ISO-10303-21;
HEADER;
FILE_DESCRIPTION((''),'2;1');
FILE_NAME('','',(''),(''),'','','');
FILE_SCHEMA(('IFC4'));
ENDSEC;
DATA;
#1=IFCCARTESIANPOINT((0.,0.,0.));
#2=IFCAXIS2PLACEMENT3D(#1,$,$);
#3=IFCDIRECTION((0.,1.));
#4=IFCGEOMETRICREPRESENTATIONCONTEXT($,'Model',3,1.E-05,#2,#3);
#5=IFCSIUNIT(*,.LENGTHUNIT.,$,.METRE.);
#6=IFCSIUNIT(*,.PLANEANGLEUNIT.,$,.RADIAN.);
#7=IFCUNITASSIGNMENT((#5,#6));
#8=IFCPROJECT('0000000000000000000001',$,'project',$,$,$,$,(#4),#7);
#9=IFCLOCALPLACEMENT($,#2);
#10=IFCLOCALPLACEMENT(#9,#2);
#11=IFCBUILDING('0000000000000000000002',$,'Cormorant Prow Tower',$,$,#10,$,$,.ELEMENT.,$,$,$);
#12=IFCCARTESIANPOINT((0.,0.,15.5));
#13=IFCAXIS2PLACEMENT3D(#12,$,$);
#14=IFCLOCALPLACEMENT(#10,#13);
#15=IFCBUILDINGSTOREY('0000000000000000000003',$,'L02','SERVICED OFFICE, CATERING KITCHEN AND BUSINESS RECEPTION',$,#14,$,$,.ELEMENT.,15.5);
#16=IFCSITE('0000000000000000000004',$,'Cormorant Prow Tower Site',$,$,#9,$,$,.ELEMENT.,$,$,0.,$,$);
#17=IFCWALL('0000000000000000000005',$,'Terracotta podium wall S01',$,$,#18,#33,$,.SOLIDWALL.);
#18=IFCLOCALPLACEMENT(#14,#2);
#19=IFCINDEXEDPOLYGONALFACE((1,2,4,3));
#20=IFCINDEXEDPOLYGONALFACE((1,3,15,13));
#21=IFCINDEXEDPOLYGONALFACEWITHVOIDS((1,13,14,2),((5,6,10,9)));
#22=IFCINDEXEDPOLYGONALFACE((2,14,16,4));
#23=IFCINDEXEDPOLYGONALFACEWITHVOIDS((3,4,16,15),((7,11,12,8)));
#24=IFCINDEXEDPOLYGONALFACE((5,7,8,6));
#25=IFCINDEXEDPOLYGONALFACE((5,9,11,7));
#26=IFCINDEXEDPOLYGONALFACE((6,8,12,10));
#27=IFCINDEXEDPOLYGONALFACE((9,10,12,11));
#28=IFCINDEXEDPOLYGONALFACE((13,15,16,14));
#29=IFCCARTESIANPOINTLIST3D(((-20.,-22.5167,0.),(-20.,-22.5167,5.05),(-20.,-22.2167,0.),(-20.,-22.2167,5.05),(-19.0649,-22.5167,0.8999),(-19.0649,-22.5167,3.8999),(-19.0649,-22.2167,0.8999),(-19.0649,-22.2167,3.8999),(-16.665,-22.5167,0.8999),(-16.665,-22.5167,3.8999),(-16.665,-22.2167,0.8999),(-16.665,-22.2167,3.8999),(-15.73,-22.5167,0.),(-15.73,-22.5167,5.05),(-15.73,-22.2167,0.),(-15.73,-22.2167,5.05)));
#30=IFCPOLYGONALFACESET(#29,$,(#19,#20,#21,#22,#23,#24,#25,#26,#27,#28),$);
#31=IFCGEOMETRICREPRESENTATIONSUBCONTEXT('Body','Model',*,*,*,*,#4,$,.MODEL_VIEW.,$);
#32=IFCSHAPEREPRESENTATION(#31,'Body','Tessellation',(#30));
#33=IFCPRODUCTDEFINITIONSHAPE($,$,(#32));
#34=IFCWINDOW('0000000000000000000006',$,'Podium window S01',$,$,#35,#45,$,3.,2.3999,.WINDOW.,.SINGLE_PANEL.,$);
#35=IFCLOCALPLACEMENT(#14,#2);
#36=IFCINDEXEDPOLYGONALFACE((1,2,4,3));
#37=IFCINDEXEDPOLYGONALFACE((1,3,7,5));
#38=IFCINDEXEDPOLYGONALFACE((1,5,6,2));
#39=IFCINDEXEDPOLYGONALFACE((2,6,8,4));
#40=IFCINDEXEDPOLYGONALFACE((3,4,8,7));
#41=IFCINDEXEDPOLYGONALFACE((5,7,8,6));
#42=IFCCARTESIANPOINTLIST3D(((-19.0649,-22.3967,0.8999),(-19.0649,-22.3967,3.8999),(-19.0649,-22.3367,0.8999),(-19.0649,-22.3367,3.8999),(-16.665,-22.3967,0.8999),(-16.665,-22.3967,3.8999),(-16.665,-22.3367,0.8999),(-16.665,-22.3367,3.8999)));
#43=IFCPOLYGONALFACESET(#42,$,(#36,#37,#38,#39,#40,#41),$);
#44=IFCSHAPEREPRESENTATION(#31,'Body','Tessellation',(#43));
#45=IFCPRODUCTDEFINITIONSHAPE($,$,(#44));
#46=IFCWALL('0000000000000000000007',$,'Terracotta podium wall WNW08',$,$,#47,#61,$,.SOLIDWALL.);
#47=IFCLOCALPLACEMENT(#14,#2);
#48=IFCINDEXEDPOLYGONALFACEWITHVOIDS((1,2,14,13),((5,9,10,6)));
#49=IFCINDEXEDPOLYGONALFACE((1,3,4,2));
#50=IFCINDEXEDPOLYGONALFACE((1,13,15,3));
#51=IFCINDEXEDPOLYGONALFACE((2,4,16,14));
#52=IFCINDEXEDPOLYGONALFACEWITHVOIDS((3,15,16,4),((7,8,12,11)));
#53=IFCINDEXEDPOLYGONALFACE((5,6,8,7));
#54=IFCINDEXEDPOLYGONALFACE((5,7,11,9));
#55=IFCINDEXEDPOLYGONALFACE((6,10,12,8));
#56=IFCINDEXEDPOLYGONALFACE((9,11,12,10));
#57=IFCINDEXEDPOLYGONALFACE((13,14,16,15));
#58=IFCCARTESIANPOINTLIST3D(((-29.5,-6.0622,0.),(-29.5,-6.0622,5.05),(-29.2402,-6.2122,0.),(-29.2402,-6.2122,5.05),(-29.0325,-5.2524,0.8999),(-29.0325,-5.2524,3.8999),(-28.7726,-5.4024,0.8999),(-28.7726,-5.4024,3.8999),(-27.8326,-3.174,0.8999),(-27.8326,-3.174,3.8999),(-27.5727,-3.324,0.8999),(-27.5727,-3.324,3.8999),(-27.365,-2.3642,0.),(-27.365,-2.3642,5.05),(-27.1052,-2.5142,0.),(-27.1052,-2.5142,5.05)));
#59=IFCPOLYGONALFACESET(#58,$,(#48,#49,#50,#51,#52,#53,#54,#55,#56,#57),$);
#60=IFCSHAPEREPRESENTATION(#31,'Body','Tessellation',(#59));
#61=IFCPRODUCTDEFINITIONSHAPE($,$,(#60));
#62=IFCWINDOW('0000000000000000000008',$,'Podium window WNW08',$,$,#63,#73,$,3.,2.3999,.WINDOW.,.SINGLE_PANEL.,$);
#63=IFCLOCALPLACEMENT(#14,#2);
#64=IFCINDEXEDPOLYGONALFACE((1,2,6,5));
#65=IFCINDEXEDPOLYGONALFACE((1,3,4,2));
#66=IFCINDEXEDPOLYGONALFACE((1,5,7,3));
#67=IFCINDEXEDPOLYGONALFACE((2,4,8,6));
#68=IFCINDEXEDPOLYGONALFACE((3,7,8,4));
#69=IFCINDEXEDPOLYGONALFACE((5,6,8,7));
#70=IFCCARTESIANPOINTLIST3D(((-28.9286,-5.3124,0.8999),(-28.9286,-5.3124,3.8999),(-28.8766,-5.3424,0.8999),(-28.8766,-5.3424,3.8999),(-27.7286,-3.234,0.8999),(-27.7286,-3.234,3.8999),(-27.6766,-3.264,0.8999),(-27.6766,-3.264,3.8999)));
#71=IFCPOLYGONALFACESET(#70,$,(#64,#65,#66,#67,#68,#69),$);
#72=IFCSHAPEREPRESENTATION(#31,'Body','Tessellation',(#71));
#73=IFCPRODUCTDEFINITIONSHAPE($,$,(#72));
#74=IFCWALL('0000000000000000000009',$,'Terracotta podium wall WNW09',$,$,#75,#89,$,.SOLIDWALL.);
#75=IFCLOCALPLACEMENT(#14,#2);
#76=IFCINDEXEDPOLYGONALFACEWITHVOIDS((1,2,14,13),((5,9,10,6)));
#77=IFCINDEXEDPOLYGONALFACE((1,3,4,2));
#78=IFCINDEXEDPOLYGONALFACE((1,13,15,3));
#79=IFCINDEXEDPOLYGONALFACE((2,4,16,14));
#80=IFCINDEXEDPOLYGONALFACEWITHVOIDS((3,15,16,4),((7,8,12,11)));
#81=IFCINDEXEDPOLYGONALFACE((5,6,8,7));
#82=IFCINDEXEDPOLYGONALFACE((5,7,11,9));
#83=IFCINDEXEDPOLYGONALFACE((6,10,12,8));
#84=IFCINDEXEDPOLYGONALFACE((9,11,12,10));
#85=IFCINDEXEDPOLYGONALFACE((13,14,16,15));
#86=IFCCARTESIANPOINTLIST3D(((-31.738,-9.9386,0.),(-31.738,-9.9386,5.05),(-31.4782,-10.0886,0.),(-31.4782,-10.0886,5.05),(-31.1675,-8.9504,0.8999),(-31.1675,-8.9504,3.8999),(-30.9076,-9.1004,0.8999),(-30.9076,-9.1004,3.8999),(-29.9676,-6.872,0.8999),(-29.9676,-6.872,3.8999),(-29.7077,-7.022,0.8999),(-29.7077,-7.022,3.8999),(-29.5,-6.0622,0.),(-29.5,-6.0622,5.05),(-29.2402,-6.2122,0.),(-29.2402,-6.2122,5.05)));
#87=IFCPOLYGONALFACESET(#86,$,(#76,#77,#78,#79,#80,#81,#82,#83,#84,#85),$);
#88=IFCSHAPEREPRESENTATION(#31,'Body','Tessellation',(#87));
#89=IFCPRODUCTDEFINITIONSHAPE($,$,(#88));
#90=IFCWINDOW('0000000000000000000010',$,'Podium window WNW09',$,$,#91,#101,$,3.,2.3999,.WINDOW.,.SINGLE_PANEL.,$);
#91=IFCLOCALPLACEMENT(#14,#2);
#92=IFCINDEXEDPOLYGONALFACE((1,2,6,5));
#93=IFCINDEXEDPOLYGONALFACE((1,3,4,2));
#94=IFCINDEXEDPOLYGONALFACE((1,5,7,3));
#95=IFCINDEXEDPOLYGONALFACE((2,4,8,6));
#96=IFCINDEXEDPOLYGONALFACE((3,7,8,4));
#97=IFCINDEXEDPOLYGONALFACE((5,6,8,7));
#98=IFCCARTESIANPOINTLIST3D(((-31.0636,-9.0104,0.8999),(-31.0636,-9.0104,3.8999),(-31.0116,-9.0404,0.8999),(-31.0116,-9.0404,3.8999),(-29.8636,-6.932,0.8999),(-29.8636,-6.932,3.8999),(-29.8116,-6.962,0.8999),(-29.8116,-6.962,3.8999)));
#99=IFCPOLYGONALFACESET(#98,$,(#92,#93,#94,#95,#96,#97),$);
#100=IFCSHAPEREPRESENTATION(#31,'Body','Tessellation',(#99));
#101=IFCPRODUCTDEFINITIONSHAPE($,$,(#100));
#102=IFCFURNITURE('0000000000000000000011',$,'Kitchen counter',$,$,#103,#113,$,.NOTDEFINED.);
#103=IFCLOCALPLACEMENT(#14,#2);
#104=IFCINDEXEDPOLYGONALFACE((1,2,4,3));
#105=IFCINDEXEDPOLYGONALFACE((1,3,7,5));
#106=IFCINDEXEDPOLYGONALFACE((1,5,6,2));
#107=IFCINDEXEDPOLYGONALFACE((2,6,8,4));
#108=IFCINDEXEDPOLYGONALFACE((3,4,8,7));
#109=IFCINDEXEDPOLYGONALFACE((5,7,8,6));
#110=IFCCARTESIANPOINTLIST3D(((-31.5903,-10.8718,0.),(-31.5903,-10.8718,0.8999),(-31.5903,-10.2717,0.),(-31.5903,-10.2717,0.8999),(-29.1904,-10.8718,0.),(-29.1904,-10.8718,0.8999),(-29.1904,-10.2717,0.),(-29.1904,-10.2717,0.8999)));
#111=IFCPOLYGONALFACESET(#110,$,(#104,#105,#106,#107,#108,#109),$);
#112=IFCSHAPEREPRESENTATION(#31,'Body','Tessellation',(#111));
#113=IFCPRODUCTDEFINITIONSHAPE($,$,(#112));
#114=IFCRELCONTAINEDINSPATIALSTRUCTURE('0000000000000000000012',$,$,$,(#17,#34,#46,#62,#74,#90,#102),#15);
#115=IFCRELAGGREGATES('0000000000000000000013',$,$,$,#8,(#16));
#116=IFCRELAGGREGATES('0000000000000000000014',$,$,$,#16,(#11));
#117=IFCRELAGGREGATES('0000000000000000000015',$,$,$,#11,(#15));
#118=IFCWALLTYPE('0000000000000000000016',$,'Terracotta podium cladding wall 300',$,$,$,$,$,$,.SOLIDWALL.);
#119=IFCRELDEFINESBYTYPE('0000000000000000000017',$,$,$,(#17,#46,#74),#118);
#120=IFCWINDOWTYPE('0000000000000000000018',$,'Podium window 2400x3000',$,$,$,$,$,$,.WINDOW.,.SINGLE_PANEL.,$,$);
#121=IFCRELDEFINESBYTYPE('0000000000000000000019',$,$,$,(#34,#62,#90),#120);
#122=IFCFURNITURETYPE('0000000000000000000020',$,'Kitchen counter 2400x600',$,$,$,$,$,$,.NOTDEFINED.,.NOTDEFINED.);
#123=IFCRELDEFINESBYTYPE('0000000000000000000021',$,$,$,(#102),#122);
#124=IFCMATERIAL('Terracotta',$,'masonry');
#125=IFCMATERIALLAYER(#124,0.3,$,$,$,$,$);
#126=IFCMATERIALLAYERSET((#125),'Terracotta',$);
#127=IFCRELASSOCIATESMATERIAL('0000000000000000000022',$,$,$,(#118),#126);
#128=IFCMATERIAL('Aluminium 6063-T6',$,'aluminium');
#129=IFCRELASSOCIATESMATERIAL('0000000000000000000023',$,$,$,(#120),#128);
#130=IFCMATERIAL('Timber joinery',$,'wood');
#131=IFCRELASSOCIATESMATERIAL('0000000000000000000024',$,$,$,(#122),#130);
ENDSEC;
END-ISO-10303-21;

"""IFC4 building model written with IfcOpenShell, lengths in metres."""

from ifc_helpers import new_model, si_unit, direction, frame, frame_2d, origin, origin_2d, place, context, subcontext, project, spatial, rectangle, extrude, material, layer, layer_set, type_object, element, fill, save


model = new_model("IFC4")

# Units and contexts
model_context = context("Model", 3, precision=1e-05, world=origin(), true_north=direction((0.0, 1.0)))
body_context = subcontext(model_context, "Body", "Model", "MODEL_VIEW")
ifc_project = project(units=[si_unit("LENGTHUNIT", "METRE"), si_unit("PLANEANGLEUNIT", "RADIAN")], contexts=[model_context])

# Site, building, storey
site_placement = place(None, origin())
site = spatial("IfcSite", under=ifc_project, at=site_placement, Name="Cormorant Prow Tower Site", CompositionType="ELEMENT", RefElevation=0.0)
building_placement = place(site_placement, origin())
building = spatial("IfcBuilding", under=site, at=building_placement, Name="Cormorant Prow Tower", CompositionType="ELEMENT")
storey_placement = place(building_placement, frame((0.0, 0.0, 15.5)))
storey = spatial("IfcBuildingStorey", under=building, at=storey_placement, Name="L02", Description="SERVICED OFFICE, CATERING KITCHEN AND BUSINESS RECEPTION", CompositionType="ELEMENT", Elevation=15.5)

# Walls, openings, windows
ifc_material_1 = material(Name="Terracotta", Category="masonry")
ifc_layer_1 = layer(ifc_material_1, 0.3)
ifc_layer_set_1 = layer_set([ifc_layer_1], Name="Terracotta")
wall_type_1 = type_object("IfcWallType", Name="Terracotta podium cladding wall 300", PredefinedType="SOLIDWALL", material=ifc_layer_set_1)
ifc_material_2 = material(Name="Aluminium 6063-T6", Category="aluminium")
window_type = type_object("IfcWindowType", Name="Podium window 2400x3000", PartitioningType="SINGLE_PANEL", PredefinedType="WINDOW", material=ifc_material_2)
wall_1_placement = place(storey_placement, frame((-20.0, -22.3667, 0.0), z_axis=(0.0, 0.0, 1.0), x_axis=(1.0, 0.0, 0.0)))
wall_1 = element("IfcWall", 1, at=wall_1_placement, inside=storey, type_object=wall_type_1, Name="Terracotta podium wall S01", PredefinedType="SOLIDWALL", context=body_context, shape_type="SweptSolid", body=[
    extrude(rectangle(XDim=4.27, YDim=0.3, at=frame_2d((2.135, 0.0))), origin(), (0.0, 0.0, 1.0), 5.05),
])
opening_1_placement = place(wall_1_placement, frame((0.9351, 0.0, 0.8999)))
opening_1 = element("IfcOpeningElement", 2, at=opening_1_placement, cuts=wall_1, PredefinedType="OPENING", context=body_context, shape_type="SweptSolid", body=[
    extrude(rectangle(XDim=2.3999, YDim=3.0, at=frame_2d((1.2, 1.5))), frame((0.0, 0.1599, 0.0), z_axis=(0.0, -1.0, 0.0), x_axis=(1.0, 0.0, 0.0)), (0.0, 0.0, 1.0), 0.3201),
])
window_1_placement = place(opening_1_placement, origin())
window_1 = element("IfcWindow", 3, at=window_1_placement, inside=storey, type_object=window_type, Name="Podium window S01", OverallHeight=3.0, OverallWidth=2.3999, PartitioningType="SINGLE_PANEL", PredefinedType="WINDOW", context=body_context, shape_type="SweptSolid", body=[
    extrude(rectangle(XDim=2.3999, YDim=3.0, at=frame_2d((1.2, 1.5))), frame((0.0, 0.03, 0.0), z_axis=(0.0, -1.0, 0.0), x_axis=(1.0, 0.0, 0.0)), (0.0, 0.0, 1.0), 0.0601),
])
fill(opening_1, window_1)
wall_2_placement = place(storey_placement, frame((-27.2351, -2.4392, 0.0), z_axis=(0.0, 0.0, 1.0), x_axis=(-0.499995, -0.866028, 0.0)))
wall_2 = element("IfcWall", 4, at=wall_2_placement, inside=storey, type_object=wall_type_1, Name="Terracotta podium wall WNW08", PredefinedType="SOLIDWALL", context=body_context, shape_type="SweptSolid", body=[
    extrude(rectangle(XDim=4.27, YDim=0.3, at=frame_2d((2.135, 0.0))), origin(), (0.0, 0.0, 1.0), 5.05),
])
opening_2_placement = place(wall_2_placement, frame((0.9351, 0.0, 0.8999)))
opening_2 = element("IfcOpeningElement", 5, at=opening_2_placement, cuts=wall_2, PredefinedType="OPENING", context=body_context, shape_type="SweptSolid", body=[
    extrude(rectangle(XDim=2.3999, YDim=3.0, at=frame_2d((1.2, 1.5))), frame((0.0, 0.1599, 0.0), z_axis=(0.0, -1.0, 0.0), x_axis=(1.0, 0.0, 0.0)), (0.0, 0.0, 1.0), 0.3201),
])
window_2_placement = place(opening_2_placement, origin())
window_2 = element("IfcWindow", 6, at=window_2_placement, inside=storey, type_object=window_type, Name="Podium window WNW08", OverallHeight=3.0, OverallWidth=2.3999, PartitioningType="SINGLE_PANEL", PredefinedType="WINDOW", context=body_context, shape_type="SweptSolid", body=[
    extrude(rectangle(XDim=2.3999, YDim=3.0, at=frame_2d((1.2, 1.5))), frame((0.0, 0.03, 0.0), z_axis=(0.0, -1.0, 0.0), x_axis=(1.0, 0.0, 0.0)), (0.0, 0.0, 1.0), 0.0601),
])
fill(opening_2, window_2)
wall_3_placement = place(storey_placement, frame((-29.3701, -6.1372, 0.0), z_axis=(0.0, 0.0, 1.0), x_axis=(-0.499993, -0.866029, 0.0)))
wall_3 = element("IfcWall", 7, at=wall_3_placement, inside=storey, type_object=wall_type_1, Name="Terracotta podium wall WNW09", PredefinedType="SOLIDWALL", context=body_context, shape_type="SweptSolid", body=[
    extrude(rectangle(XDim=4.4761, YDim=0.3, at=frame_2d((2.238, 0.0))), origin(), (0.0, 0.0, 1.0), 5.05),
])
opening_3_placement = place(wall_3_placement, frame((0.9351, 0.0, 0.8999)))
opening_3 = element("IfcOpeningElement", 8, at=opening_3_placement, cuts=wall_3, PredefinedType="OPENING", context=body_context, shape_type="SweptSolid", body=[
    extrude(rectangle(XDim=2.3999, YDim=3.0, at=frame_2d((1.2, 1.5))), frame((0.0, 0.1599, 0.0), z_axis=(0.0, -1.0, 0.0), x_axis=(1.0, 0.0, 0.0)), (0.0, 0.0, 1.0), 0.3201),
])
window_3_placement = place(opening_3_placement, origin())
window_3 = element("IfcWindow", 9, at=window_3_placement, inside=storey, type_object=window_type, Name="Podium window WNW09", OverallHeight=3.0, OverallWidth=2.3999, PartitioningType="SINGLE_PANEL", PredefinedType="WINDOW", context=body_context, shape_type="SweptSolid", body=[
    extrude(rectangle(XDim=2.3999, YDim=3.0, at=frame_2d((1.2, 1.5))), frame((0.0, 0.03, 0.0), z_axis=(0.0, -1.0, 0.0), x_axis=(1.0, 0.0, 0.0)), (0.0, 0.0, 1.0), 0.0601),
])
fill(opening_3, window_3)

# Furniture
ifc_material_3 = material(Name="Timber joinery", Category="wood")
furniture_type = type_object("IfcFurnitureType", Name="Kitchen counter 2400x600", AssemblyPlace="NOTDEFINED", PredefinedType="NOTDEFINED", material=ifc_material_3)
furniture_placement = place(storey_placement, frame((-30.3904, -10.5718, 0.0), z_axis=(0.0, 0.0, 1.0), x_axis=(1.0, 0.0, 0.0)))
element("IfcFurniture", 10, at=furniture_placement, inside=storey, type_object=furniture_type, Name="Kitchen counter", PredefinedType="NOTDEFINED", context=body_context, shape_type="SweptSolid", body=[
    extrude(rectangle(XDim=2.3999, YDim=0.6001, at=origin_2d()), origin(), (0.0, 0.0, 1.0), 0.8999),
])

save(model, "model.ifc")
